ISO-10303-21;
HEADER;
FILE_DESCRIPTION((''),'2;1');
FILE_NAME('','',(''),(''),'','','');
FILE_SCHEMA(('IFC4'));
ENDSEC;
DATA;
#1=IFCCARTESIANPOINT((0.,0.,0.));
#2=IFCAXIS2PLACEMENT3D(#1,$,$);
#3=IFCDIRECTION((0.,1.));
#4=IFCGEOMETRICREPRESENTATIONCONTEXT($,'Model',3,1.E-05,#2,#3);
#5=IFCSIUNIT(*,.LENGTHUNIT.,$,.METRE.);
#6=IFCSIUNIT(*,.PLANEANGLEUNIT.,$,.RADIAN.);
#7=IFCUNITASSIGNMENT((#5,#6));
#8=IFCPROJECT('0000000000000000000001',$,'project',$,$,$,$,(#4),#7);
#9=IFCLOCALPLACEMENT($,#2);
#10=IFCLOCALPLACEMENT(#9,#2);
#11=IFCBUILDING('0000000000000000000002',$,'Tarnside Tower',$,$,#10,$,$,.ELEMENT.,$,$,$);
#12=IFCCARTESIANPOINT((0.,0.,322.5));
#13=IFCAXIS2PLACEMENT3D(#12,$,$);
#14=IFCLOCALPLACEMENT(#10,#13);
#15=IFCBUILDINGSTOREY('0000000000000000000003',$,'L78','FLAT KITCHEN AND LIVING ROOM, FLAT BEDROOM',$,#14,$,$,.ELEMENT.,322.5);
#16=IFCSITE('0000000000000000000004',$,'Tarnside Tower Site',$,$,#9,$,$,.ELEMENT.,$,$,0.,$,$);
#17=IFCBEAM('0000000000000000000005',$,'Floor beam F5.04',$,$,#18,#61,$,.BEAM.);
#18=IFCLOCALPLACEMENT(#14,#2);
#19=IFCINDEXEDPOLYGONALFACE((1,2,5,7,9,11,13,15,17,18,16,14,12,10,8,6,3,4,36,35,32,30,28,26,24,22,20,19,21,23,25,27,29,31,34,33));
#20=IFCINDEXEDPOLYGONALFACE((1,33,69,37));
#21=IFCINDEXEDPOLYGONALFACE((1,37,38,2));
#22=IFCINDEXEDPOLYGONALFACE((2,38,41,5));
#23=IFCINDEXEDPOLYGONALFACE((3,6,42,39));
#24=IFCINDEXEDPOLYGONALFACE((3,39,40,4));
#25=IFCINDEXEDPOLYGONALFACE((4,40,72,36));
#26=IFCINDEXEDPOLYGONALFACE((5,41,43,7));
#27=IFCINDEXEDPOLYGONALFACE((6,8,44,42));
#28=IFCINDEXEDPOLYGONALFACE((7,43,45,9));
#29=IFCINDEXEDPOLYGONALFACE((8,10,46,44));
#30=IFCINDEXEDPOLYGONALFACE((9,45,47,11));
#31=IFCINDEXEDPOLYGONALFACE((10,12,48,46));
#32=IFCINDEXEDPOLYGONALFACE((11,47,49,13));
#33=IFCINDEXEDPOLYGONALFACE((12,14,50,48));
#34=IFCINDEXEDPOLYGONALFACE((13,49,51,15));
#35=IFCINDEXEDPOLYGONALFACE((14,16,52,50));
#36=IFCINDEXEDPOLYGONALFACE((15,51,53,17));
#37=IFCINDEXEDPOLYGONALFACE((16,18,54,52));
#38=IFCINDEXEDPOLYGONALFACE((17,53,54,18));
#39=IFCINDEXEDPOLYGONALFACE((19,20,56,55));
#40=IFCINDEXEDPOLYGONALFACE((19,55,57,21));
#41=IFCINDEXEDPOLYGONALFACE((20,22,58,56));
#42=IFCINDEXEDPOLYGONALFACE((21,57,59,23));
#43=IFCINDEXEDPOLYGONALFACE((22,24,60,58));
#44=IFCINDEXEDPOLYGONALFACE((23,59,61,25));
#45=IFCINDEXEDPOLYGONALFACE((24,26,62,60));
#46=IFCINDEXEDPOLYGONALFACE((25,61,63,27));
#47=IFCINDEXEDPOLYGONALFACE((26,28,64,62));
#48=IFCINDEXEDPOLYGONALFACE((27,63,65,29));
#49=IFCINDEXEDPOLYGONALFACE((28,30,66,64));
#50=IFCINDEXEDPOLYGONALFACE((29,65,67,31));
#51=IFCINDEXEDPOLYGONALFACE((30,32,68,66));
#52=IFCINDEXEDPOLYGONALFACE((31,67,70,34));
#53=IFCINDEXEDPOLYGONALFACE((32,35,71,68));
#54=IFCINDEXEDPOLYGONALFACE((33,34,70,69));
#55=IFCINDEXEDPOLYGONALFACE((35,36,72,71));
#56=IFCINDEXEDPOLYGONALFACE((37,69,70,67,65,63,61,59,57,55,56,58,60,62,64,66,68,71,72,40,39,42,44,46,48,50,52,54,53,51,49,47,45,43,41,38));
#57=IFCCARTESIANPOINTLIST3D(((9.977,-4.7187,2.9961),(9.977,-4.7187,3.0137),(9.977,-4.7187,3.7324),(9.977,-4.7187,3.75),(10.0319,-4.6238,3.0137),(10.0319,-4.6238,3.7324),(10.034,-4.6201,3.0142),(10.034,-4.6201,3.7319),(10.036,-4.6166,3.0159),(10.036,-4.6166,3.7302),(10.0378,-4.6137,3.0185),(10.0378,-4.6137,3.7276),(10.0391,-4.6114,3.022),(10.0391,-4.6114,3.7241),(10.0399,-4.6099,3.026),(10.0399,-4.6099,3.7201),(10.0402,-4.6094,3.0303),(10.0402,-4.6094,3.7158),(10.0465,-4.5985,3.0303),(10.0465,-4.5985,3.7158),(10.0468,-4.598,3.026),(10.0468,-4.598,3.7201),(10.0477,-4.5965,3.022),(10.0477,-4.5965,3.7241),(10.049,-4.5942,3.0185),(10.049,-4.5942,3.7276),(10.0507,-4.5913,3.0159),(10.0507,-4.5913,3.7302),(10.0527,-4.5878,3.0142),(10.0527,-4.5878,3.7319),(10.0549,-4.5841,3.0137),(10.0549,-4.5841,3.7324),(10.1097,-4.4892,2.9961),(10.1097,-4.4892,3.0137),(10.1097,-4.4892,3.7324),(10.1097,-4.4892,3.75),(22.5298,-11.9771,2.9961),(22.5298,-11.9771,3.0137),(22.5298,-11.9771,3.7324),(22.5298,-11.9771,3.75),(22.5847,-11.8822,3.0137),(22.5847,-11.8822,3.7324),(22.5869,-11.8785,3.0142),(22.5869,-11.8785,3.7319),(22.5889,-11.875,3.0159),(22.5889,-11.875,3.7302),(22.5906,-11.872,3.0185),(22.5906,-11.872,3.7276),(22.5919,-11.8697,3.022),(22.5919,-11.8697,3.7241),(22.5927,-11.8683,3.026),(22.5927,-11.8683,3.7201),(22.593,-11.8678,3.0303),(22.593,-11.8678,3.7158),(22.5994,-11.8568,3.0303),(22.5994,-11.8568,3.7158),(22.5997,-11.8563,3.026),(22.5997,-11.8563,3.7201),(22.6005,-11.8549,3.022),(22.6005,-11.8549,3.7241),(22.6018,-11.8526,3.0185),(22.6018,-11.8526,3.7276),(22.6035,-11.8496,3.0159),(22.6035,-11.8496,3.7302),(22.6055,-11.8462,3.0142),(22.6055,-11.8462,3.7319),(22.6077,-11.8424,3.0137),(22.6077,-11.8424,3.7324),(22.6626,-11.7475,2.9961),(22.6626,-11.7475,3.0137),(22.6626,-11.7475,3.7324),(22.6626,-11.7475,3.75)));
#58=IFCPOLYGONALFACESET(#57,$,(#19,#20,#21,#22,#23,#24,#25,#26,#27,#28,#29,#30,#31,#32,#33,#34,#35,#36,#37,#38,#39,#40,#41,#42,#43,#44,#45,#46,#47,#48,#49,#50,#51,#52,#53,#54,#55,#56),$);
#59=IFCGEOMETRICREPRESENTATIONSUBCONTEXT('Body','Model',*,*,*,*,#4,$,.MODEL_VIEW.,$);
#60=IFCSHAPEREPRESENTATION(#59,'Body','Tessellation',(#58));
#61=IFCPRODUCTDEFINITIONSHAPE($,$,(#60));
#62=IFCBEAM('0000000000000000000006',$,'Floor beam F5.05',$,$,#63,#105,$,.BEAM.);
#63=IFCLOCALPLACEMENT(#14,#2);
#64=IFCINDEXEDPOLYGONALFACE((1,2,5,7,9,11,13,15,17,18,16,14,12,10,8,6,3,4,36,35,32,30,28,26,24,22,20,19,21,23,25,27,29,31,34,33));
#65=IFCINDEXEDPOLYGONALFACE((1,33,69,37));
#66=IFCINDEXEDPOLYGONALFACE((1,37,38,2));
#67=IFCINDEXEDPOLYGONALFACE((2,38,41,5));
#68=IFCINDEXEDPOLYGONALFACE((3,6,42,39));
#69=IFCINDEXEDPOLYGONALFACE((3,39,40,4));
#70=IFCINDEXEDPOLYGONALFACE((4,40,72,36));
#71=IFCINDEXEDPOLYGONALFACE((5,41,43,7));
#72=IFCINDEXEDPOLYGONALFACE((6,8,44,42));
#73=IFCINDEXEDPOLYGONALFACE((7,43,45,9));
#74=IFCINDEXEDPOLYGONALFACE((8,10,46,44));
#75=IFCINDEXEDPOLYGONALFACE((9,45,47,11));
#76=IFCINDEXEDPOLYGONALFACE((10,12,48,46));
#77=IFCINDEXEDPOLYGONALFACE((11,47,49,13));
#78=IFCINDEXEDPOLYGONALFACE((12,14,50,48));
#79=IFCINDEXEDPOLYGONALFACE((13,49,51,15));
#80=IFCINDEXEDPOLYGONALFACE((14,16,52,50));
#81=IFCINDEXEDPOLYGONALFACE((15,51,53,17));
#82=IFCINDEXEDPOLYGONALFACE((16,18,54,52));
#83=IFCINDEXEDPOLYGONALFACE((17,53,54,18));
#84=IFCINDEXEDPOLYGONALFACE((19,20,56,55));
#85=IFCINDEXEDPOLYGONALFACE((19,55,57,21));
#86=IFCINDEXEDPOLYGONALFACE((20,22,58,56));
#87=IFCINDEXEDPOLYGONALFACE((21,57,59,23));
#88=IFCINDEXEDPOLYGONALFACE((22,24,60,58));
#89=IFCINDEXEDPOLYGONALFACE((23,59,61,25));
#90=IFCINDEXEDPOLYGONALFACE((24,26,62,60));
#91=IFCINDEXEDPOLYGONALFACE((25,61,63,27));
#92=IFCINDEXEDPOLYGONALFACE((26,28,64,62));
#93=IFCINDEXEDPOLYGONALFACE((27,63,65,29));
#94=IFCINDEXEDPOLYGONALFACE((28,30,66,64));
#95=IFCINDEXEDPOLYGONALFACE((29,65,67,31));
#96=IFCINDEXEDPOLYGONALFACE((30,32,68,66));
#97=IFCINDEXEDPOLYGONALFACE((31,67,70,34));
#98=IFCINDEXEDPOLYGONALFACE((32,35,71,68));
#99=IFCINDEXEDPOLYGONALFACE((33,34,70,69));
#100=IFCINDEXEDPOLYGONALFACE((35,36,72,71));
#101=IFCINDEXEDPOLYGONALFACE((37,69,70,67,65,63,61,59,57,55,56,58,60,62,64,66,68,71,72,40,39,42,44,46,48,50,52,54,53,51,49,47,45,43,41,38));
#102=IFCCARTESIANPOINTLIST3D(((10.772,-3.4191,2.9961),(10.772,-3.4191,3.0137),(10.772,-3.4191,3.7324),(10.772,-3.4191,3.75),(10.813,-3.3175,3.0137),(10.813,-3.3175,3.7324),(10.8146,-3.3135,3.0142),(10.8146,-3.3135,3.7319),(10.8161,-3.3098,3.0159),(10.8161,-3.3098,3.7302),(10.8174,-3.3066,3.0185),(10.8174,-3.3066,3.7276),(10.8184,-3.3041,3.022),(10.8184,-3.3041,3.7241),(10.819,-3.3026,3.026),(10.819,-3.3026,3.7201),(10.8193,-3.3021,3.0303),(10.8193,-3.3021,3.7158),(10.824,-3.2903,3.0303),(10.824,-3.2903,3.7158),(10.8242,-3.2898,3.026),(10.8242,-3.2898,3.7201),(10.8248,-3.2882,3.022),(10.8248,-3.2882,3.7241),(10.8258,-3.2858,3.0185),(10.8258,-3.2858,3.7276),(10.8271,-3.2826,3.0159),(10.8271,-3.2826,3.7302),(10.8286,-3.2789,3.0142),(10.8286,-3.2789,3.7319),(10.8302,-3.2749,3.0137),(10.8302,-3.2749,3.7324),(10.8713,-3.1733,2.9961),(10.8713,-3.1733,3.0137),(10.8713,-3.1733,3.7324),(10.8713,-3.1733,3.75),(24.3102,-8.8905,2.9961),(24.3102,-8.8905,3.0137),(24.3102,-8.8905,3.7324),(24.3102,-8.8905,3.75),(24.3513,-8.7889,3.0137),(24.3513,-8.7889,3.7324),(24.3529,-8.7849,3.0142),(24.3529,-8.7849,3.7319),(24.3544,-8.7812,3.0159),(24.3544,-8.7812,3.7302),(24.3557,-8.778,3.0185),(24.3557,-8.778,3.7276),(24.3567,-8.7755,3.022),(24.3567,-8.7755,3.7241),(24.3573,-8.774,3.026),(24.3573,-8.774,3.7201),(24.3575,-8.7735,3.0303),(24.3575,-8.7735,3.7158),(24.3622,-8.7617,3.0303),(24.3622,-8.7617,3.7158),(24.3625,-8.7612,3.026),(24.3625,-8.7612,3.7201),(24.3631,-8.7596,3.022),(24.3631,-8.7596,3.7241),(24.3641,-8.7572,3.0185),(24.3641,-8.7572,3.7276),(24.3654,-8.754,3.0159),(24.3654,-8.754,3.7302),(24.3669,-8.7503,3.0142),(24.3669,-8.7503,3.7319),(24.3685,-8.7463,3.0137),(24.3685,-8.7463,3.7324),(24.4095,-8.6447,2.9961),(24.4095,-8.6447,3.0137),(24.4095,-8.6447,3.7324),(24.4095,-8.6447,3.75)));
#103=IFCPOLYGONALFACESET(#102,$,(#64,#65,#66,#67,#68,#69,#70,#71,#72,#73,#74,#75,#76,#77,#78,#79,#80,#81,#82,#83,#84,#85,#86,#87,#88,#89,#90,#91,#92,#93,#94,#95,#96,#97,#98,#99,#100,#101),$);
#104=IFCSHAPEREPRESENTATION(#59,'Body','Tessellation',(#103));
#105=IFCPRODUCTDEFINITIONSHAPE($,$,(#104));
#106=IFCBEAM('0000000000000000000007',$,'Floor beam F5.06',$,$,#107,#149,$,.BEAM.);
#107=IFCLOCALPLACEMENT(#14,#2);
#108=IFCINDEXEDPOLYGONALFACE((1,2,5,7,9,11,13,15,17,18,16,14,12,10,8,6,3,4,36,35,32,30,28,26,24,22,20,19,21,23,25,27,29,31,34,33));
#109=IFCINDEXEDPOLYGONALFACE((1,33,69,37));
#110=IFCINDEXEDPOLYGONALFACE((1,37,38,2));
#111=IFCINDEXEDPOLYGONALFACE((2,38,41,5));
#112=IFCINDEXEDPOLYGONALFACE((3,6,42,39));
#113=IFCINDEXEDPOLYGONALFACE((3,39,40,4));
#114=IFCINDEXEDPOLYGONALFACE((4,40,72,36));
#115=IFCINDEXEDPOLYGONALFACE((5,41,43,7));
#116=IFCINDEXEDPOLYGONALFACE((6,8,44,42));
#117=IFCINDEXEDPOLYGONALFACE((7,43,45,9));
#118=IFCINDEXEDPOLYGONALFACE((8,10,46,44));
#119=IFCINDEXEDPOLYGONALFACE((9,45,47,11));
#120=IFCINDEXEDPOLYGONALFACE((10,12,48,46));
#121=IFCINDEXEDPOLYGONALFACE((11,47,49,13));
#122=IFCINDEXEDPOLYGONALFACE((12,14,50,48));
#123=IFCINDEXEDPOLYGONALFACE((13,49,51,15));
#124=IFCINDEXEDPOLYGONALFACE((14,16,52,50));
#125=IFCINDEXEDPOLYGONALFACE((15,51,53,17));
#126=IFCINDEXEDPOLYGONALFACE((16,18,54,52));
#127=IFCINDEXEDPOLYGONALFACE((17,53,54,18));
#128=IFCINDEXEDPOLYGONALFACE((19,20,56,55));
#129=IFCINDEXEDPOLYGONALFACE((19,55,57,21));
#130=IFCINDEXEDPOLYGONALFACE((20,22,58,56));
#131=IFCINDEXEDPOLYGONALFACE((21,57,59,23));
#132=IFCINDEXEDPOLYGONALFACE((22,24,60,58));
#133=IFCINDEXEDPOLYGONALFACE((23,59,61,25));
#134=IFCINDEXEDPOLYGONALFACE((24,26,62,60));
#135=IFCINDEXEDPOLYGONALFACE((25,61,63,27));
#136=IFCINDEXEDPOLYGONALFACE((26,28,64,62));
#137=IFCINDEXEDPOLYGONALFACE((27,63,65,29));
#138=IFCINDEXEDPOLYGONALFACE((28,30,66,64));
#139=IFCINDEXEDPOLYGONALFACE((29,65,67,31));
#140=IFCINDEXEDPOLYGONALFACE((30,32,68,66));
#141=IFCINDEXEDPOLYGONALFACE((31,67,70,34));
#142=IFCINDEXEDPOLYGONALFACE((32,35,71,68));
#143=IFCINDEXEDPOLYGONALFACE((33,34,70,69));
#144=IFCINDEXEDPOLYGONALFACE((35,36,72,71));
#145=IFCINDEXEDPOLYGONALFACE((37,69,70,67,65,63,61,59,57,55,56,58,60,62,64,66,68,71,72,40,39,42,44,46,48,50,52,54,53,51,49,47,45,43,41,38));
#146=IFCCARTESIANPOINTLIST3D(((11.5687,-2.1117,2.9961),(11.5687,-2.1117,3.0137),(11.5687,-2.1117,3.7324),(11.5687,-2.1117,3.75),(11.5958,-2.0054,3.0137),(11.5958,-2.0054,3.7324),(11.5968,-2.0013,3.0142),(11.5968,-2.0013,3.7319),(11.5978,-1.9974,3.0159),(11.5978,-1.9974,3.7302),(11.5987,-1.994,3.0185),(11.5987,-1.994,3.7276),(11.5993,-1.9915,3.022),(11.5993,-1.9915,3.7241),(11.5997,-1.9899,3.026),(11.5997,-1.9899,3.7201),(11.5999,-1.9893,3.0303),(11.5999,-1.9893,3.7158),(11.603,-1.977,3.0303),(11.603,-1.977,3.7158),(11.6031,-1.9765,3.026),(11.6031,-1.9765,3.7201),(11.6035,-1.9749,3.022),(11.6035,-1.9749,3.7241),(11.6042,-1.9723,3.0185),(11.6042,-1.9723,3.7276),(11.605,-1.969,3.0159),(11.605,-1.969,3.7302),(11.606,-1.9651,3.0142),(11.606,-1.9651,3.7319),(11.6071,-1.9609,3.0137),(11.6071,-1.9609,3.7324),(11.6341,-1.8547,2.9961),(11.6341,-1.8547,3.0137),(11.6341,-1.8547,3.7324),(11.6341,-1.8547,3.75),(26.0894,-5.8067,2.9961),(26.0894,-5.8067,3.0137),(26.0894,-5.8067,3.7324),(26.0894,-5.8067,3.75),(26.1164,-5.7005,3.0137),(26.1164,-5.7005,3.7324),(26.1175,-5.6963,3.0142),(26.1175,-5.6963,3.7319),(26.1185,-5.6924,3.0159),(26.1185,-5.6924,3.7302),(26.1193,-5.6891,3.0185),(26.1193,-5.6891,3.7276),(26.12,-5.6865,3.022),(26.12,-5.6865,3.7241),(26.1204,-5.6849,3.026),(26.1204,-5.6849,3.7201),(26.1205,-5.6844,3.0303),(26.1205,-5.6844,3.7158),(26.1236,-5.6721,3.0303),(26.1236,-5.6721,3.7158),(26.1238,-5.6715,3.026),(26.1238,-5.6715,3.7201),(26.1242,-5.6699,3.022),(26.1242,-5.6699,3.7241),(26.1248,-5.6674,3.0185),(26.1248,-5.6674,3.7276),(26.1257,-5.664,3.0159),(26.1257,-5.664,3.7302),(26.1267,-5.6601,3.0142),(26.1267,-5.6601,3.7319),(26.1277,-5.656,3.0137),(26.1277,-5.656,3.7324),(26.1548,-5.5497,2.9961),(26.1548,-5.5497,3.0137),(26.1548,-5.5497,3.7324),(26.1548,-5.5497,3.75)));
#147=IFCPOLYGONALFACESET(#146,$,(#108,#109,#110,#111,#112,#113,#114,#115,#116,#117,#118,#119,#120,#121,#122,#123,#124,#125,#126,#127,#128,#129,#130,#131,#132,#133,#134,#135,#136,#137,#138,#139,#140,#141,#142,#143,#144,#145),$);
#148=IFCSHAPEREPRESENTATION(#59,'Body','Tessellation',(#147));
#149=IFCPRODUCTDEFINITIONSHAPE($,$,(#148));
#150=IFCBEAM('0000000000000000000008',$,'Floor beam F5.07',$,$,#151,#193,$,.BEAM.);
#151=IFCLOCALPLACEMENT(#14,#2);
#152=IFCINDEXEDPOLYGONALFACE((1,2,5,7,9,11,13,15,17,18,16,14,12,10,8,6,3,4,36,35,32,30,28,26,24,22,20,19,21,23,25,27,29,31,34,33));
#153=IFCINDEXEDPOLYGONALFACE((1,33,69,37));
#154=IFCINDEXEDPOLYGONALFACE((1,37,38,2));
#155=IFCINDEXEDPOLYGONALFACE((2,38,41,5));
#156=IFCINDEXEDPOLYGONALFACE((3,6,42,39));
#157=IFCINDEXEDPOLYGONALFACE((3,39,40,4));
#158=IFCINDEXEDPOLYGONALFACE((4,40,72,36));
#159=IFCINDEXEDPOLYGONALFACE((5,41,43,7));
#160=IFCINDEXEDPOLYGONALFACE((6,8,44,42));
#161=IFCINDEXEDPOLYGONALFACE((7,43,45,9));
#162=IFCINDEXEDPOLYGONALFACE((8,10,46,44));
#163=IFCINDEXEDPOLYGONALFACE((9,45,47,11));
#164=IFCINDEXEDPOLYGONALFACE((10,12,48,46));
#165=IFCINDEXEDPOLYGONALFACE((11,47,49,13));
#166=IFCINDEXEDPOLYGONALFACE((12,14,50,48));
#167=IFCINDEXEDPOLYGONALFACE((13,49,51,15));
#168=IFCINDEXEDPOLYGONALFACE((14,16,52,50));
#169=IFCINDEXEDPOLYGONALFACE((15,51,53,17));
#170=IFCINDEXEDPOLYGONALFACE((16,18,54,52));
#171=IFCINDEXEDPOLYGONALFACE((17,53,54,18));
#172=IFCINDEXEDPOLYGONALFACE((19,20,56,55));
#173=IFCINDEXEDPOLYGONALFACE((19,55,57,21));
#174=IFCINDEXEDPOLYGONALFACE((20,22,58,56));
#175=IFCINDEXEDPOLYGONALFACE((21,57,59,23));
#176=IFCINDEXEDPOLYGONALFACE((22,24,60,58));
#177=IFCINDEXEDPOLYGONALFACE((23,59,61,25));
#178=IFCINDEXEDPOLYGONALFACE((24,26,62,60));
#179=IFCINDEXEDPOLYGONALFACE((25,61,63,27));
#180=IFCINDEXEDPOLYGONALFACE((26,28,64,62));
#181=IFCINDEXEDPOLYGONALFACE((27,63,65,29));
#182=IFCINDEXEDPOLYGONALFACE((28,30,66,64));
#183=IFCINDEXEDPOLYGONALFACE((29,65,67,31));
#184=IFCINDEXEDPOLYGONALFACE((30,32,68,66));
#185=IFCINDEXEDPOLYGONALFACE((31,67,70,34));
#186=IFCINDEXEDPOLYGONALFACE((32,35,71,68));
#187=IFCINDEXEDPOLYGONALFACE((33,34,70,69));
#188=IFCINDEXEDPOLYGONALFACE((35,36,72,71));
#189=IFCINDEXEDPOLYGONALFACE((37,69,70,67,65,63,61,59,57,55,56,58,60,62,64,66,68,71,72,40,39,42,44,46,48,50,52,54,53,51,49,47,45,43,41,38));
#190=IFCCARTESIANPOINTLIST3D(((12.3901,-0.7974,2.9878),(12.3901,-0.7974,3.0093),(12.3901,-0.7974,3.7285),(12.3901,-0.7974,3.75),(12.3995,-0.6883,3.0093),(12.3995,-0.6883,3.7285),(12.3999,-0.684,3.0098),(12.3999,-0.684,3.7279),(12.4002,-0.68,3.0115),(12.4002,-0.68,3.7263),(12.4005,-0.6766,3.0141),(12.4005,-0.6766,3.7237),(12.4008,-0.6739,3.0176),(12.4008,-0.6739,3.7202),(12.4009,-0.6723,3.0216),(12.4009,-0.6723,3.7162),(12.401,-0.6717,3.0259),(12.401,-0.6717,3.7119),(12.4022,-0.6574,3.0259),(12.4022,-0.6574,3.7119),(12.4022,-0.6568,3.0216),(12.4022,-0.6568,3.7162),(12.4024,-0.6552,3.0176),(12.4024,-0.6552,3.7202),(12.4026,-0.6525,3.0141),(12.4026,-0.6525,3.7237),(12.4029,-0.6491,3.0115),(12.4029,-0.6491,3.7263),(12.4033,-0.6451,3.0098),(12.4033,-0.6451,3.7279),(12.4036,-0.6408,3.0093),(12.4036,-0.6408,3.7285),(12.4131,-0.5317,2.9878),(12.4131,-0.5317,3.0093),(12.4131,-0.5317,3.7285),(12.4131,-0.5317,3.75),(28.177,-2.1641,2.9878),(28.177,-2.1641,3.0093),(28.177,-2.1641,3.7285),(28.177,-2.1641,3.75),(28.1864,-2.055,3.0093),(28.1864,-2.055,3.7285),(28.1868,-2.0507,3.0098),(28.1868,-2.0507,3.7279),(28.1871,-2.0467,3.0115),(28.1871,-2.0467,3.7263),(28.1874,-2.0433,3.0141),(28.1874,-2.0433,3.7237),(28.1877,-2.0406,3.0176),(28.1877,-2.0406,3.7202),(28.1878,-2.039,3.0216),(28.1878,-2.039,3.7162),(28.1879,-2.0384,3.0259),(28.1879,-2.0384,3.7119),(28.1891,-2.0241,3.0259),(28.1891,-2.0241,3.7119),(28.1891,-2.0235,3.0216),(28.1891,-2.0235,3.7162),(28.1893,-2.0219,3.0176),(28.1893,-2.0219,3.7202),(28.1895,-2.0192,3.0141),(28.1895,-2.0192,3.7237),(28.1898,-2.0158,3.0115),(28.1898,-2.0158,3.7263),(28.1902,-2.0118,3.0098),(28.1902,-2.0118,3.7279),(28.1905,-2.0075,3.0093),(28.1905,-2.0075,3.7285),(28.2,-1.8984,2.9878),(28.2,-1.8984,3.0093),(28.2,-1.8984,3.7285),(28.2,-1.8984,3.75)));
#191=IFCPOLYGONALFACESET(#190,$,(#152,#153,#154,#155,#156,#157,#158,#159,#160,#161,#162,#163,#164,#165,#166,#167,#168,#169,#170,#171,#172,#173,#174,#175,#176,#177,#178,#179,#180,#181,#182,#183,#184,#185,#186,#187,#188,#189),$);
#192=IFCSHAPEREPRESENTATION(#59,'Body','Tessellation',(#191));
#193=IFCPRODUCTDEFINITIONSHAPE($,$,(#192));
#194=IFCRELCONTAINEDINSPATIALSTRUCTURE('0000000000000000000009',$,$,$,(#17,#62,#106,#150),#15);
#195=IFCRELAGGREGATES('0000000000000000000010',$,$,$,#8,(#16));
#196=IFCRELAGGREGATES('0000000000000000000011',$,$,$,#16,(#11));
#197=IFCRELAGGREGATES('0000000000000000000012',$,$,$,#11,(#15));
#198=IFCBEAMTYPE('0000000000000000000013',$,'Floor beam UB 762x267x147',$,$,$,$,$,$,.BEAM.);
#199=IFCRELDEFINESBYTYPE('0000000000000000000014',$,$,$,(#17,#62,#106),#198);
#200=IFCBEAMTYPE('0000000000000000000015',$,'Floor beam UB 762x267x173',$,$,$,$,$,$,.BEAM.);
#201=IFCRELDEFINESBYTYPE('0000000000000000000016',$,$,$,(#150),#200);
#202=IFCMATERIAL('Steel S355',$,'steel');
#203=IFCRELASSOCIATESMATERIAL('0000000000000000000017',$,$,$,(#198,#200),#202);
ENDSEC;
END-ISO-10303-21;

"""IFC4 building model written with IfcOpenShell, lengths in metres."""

from ifc_helpers import new_model, si_unit, direction, frame, origin, origin_2d, place, context, subcontext, project, spatial, i_section, extrude, material, material_profile, profile_set, type_object, element, save


model = new_model("IFC4")

# Units and contexts
model_context = context("Model", 3, precision=1e-05, world=origin(), true_north=direction((0.0, 1.0)))
body_context = subcontext(model_context, "Body", "Model", "MODEL_VIEW")
ifc_project = project(units=[si_unit("LENGTHUNIT", "METRE"), si_unit("PLANEANGLEUNIT", "RADIAN")], contexts=[model_context])

# Site, building, storey
site_placement = place(None, origin())
site = spatial("IfcSite", under=ifc_project, at=site_placement, Name="Tarnside Tower Site", CompositionType="ELEMENT", RefElevation=0.0)
building_placement = place(site_placement, origin())
building = spatial("IfcBuilding", under=site, at=building_placement, Name="Tarnside Tower", CompositionType="ELEMENT")
storey_placement = place(building_placement, frame((0.0, 0.0, 322.5)))
storey = spatial("IfcBuildingStorey", under=building, at=storey_placement, Name="L78", Description="FLAT KITCHEN AND LIVING ROOM, FLAT BEDROOM", CompositionType="ELEMENT", Elevation=322.5)

# Beams
ifc_material_1 = material(Name="Steel S355", Category="steel")
ifc_material_profile_1 = material_profile(ifc_material_1, i_section(OverallWidth=0.2651, OverallDepth=0.7539, WebThickness=0.0127, FlangeThickness=0.0176, FilletRadius=0.0166, at=origin_2d()), Name="UB 762x267x147")
ifc_profile_set_1 = profile_set([ifc_material_profile_1], Name="Steel S355")
beam_type_1 = type_object("IfcBeamType", Name="Floor beam UB 762x267x147", PredefinedType="BEAM", material=ifc_profile_set_1)
beam_1_placement = place(storey_placement, frame((22.5962, -11.8623, 3.373), z_axis=(-0.865697, 0.500568, 0.0), x_axis=(-0.500568, -0.865697, 0.0)))
element("IfcBeam", 1, at=beam_1_placement, inside=storey, type_object=beam_type_1, Name="Floor beam F5.04", PredefinedType="BEAM", context=body_context, shape_type="SweptSolid", body=[
    extrude(i_section(OverallWidth=0.2651, OverallDepth=0.7539, WebThickness=0.0127, FlangeThickness=0.0176, FilletRadius=0.0166, at=origin_2d()), origin(), (0.0, 0.0, 1.0), 14.5002),
])
beam_2_placement = place(storey_placement, frame((24.3599, -8.7676, 3.373), z_axis=(-0.927146, 0.374701, 0.0), x_axis=(-0.374701, -0.927146, 0.0)))
element("IfcBeam", 2, at=beam_2_placement, inside=storey, type_object=beam_type_1, Name="Floor beam F5.05", PredefinedType="BEAM", context=body_context, shape_type="SweptSolid", body=[
    extrude(i_section(OverallWidth=0.2651, OverallDepth=0.7539, WebThickness=0.0127, FlangeThickness=0.0176, FilletRadius=0.0166, at=origin_2d()), origin(), (0.0, 0.0, 1.0), 14.6021),
])
beam_3_placement = place(storey_placement, frame((26.1221, -5.6782, 3.373), z_axis=(-0.969115, 0.246609, 0.0), x_axis=(-0.246609, -0.969115, 0.0)))
element("IfcBeam", 3, at=beam_3_placement, inside=storey, type_object=beam_type_1, Name="Floor beam F5.06", PredefinedType="BEAM", context=body_context, shape_type="SweptSolid", body=[
    extrude(i_section(OverallWidth=0.2651, OverallDepth=0.7539, WebThickness=0.0127, FlangeThickness=0.0176, FilletRadius=0.0166, at=origin_2d()), origin(), (0.0, 0.0, 1.0), 14.9834),
])
ifc_material_profile_2 = material_profile(ifc_material_1, i_section(OverallWidth=0.2666, OverallDepth=0.7622, WebThickness=0.0144, FlangeThickness=0.0215, FilletRadius=0.0166, at=origin_2d()), Name="UB 762x267x173")
ifc_profile_set_2 = profile_set([ifc_material_profile_2], Name="Steel S355")
beam_type_2 = type_object("IfcBeamType", Name="Floor beam UB 762x267x173", PredefinedType="BEAM", material=ifc_profile_set_2)
beam_4_placement = place(storey_placement, frame((28.1885, -2.0312, 3.3689), z_axis=(-0.996274, 0.086249, 0.0), x_axis=(-0.086249, -0.996274, 0.0)))
element("IfcBeam", 4, at=beam_4_placement, inside=storey, type_object=beam_type_2, Name="Floor beam F5.07", PredefinedType="BEAM", context=body_context, shape_type="SweptSolid", body=[
    extrude(i_section(OverallWidth=0.2666, OverallDepth=0.7622, WebThickness=0.0144, FlangeThickness=0.0215, FilletRadius=0.0166, at=origin_2d()), origin(), (0.0, 0.0, 1.0), 15.8459),
])

save(model, "model.ifc")
